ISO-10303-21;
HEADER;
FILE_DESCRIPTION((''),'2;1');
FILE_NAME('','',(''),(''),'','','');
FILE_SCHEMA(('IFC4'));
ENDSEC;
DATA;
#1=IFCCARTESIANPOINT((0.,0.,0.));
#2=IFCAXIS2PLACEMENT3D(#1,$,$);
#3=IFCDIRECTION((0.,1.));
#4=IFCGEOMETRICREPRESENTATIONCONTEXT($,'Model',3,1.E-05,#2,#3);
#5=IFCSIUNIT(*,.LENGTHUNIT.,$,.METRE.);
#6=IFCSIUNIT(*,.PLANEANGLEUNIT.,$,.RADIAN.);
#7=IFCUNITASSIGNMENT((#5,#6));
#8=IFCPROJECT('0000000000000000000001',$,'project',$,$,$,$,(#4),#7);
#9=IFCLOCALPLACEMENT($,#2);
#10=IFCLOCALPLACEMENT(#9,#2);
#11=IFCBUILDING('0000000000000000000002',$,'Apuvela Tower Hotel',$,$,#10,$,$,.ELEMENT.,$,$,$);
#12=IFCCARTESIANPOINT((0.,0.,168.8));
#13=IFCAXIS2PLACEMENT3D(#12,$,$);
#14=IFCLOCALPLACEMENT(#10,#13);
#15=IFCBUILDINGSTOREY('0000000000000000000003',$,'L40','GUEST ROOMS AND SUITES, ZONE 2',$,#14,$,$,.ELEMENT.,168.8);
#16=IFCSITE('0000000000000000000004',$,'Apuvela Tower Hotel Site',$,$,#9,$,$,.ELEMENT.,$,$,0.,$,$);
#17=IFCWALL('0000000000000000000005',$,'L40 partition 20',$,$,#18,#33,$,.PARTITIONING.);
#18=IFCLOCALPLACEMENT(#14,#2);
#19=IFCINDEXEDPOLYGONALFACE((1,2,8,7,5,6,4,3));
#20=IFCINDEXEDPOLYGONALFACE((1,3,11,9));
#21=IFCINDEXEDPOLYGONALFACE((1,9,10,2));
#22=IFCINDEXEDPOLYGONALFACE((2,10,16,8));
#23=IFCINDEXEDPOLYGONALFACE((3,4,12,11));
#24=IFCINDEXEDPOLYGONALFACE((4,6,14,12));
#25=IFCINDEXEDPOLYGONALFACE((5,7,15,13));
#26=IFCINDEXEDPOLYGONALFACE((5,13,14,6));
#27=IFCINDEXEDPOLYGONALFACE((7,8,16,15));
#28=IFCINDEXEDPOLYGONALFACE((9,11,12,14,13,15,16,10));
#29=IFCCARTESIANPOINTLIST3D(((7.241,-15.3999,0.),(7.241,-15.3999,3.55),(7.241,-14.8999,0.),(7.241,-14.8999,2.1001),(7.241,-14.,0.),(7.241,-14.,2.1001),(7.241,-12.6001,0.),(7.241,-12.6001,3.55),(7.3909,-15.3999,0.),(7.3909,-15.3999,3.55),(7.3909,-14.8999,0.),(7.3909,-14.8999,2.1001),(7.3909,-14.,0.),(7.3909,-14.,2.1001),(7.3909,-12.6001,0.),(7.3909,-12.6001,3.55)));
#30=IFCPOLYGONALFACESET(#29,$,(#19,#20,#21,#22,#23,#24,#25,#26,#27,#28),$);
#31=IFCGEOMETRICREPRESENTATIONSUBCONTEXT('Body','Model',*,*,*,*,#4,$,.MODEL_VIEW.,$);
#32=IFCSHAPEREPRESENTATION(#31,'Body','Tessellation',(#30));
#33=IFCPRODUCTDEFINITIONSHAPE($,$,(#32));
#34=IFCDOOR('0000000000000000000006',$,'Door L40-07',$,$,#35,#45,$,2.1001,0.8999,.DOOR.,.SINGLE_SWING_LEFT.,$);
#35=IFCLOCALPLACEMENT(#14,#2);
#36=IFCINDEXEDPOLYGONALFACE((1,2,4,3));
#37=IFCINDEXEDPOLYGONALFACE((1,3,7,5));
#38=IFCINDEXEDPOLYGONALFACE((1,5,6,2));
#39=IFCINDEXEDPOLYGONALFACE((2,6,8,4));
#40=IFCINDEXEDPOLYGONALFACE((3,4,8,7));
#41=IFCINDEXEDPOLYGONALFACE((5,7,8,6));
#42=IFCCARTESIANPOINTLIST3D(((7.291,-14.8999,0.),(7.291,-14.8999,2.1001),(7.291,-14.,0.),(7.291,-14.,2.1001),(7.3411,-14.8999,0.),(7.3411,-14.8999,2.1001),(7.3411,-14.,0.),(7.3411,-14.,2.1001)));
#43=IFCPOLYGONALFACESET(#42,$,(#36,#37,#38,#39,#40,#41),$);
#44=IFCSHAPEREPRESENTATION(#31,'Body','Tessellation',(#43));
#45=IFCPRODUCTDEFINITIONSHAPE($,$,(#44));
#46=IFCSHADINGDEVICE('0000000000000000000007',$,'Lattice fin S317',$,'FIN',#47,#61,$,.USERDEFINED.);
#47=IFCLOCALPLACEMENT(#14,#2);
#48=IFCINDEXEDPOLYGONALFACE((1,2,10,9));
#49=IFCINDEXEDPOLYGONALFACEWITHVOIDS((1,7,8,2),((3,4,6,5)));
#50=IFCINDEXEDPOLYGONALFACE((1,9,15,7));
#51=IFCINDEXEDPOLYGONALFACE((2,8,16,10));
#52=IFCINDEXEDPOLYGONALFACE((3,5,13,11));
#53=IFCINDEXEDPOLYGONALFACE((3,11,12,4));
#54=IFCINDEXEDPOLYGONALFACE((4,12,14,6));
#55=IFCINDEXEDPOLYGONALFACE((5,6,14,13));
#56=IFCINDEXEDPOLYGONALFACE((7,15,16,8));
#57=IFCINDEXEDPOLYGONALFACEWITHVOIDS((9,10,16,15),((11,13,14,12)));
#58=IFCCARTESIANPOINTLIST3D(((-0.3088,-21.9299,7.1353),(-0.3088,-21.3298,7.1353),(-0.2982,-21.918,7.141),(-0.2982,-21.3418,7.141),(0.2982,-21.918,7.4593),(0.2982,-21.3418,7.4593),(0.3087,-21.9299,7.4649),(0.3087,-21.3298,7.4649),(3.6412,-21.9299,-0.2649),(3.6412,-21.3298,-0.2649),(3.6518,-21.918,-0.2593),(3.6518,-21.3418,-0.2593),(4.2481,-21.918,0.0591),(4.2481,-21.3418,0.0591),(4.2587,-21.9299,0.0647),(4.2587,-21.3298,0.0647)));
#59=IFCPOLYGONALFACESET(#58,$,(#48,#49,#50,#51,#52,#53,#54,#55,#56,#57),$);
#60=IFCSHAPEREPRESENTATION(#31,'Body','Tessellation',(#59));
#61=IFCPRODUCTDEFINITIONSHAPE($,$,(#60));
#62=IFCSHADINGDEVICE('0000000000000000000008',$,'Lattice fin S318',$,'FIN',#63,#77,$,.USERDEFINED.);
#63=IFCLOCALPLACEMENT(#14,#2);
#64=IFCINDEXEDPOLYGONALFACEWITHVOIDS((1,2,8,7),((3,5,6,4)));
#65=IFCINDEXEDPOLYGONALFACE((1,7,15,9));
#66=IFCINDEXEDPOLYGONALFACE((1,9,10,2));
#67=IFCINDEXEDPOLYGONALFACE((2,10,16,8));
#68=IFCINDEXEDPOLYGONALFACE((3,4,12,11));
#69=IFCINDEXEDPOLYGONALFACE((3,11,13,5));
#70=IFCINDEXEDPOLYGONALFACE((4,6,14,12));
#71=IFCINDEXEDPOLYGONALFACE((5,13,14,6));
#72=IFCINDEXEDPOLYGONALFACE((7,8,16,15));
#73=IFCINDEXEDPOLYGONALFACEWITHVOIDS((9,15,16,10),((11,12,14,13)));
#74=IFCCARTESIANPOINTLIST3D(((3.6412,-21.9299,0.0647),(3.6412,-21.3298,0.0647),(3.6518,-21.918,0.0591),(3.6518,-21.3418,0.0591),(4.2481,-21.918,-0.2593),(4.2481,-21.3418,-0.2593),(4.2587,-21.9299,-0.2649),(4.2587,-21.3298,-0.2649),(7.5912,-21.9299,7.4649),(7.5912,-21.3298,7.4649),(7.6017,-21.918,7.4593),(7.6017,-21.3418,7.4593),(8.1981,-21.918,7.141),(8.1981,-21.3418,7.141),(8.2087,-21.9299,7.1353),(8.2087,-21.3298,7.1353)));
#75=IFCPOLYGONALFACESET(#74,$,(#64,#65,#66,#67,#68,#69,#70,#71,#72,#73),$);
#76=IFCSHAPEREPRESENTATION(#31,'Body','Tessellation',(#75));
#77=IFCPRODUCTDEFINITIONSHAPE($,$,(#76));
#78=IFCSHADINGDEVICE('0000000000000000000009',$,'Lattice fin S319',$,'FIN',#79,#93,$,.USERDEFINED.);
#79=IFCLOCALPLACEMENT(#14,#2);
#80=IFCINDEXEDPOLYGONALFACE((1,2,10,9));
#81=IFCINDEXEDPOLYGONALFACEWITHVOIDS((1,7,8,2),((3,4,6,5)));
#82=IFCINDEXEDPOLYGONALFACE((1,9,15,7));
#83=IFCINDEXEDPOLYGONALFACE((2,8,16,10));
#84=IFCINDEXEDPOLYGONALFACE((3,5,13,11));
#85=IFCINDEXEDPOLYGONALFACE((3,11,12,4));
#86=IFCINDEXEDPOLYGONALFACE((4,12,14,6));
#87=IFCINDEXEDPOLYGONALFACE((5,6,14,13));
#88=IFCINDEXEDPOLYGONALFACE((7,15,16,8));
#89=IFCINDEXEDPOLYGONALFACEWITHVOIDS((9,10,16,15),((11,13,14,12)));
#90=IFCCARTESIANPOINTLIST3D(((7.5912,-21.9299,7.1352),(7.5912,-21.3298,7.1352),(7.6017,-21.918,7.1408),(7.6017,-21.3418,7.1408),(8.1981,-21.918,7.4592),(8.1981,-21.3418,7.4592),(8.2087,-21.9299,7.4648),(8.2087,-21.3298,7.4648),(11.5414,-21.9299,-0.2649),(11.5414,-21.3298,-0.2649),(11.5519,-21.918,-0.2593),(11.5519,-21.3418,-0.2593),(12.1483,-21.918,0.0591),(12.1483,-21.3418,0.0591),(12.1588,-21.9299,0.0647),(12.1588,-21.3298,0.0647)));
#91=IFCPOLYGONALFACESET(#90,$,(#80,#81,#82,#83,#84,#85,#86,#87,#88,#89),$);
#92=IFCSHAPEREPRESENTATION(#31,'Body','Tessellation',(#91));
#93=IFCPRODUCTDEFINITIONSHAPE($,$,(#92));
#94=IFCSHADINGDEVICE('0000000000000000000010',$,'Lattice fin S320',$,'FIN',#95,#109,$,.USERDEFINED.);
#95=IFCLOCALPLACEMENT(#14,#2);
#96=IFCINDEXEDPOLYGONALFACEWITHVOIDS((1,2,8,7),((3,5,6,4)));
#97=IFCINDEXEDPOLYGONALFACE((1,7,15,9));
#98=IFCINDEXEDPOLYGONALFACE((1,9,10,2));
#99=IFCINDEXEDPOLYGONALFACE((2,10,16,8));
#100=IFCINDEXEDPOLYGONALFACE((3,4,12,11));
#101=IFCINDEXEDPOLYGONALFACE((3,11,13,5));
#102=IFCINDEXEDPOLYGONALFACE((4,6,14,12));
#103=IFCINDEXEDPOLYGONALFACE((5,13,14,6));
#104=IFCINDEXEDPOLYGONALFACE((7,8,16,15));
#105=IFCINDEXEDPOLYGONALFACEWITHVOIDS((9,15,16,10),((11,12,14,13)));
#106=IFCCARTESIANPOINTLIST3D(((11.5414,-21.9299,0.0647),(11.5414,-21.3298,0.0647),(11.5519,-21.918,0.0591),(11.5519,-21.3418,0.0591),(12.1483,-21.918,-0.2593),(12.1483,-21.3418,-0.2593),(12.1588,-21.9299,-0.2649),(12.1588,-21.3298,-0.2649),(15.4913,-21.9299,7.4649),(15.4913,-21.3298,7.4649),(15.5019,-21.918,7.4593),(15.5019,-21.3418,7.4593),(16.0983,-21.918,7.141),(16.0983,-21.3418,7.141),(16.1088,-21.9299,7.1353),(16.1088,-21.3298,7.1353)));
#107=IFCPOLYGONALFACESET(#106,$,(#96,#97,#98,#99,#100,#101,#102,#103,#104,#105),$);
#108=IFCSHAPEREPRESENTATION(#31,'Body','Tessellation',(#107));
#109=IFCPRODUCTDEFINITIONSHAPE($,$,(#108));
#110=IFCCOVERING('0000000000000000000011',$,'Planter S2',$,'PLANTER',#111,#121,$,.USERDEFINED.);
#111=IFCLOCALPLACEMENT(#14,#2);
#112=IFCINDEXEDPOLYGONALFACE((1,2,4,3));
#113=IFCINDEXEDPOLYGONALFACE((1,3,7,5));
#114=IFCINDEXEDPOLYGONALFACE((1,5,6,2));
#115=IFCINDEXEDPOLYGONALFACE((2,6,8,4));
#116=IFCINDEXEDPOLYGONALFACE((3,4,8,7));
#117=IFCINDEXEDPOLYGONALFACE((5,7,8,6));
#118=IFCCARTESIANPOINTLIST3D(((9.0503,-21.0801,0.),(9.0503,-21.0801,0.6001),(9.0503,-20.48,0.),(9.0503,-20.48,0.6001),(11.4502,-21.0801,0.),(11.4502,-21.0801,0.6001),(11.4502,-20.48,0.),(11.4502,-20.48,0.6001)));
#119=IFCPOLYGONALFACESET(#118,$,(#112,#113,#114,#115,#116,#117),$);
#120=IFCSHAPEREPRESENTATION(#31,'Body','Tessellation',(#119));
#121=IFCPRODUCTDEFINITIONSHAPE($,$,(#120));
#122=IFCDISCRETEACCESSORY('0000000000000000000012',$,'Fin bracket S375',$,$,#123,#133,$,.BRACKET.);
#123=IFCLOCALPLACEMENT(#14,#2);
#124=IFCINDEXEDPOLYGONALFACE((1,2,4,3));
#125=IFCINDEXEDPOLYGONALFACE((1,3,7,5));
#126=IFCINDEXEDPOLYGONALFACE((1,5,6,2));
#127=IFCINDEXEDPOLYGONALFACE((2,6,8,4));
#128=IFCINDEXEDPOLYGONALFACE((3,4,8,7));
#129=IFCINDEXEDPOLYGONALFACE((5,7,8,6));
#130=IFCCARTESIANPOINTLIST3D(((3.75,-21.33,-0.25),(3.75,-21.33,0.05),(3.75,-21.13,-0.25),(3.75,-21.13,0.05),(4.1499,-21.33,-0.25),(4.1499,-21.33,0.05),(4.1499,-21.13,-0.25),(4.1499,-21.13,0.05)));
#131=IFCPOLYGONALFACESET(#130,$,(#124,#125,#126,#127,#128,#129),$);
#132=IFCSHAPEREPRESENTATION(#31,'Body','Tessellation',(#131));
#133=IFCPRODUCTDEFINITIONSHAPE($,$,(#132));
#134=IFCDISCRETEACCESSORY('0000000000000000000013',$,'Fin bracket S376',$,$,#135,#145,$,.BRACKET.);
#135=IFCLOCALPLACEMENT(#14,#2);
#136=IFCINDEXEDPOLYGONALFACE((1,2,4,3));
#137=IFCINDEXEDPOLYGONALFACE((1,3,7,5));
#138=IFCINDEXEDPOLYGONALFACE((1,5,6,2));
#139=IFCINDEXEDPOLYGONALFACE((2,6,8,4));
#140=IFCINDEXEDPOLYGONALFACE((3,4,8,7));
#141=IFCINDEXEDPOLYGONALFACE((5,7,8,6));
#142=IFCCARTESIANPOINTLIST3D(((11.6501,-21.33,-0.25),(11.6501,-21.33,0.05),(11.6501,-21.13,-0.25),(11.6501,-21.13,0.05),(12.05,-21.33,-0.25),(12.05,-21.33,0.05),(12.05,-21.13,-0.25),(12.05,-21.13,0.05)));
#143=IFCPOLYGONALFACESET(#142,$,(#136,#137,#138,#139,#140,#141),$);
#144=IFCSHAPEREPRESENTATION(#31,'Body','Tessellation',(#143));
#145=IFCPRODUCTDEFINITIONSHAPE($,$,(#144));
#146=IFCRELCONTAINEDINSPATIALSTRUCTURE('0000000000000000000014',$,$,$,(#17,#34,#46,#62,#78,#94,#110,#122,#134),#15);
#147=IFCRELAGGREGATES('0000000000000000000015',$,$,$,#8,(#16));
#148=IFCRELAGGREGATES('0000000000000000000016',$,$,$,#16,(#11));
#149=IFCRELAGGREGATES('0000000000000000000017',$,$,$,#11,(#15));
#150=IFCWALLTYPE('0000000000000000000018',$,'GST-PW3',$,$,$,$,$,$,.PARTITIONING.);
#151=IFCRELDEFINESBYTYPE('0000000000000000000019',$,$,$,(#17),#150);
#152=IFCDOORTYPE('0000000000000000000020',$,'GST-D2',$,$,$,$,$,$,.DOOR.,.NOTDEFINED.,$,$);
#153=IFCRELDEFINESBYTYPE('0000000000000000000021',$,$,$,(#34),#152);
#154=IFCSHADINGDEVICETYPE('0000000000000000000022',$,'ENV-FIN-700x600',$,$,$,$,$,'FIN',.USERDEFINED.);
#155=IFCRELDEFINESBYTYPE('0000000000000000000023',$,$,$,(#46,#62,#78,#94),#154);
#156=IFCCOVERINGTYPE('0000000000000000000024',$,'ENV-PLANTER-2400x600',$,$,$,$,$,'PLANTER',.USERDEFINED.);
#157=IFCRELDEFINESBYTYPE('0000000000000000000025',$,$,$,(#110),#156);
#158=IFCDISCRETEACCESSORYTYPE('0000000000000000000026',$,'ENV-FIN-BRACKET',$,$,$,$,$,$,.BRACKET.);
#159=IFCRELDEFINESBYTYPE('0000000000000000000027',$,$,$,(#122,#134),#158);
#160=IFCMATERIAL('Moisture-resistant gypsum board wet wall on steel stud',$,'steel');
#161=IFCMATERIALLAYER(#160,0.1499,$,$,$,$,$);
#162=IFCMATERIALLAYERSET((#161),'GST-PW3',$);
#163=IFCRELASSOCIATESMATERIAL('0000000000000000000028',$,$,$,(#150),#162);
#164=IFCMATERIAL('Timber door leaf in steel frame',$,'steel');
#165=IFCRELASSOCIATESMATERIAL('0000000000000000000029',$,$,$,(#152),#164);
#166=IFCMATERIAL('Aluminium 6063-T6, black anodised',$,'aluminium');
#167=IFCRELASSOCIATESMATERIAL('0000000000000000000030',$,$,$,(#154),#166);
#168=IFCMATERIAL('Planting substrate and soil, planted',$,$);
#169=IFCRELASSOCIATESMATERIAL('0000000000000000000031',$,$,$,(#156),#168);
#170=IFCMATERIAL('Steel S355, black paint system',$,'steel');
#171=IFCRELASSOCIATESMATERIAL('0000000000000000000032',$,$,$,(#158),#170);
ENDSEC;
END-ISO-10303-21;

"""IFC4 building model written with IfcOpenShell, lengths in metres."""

from ifc_helpers import new_model, si_unit, direction, frame, frame_2d, origin, origin_2d, place, context, subcontext, project, spatial, rectangle, hollow_rectangle, extrude, material, layer, layer_set, material_profile, profile_set, type_object, element, fill, save


model = new_model("IFC4")

# Units and contexts
model_context = context("Model", 3, precision=1e-05, world=origin(), true_north=direction((0.0, 1.0)))
body_context = subcontext(model_context, "Body", "Model", "MODEL_VIEW")
ifc_project = project(units=[si_unit("LENGTHUNIT", "METRE"), si_unit("PLANEANGLEUNIT", "RADIAN")], contexts=[model_context])

# Site, building, storey
site_placement = place(None, origin())
site = spatial("IfcSite", under=ifc_project, at=site_placement, Name="Apuvela Tower Hotel Site", CompositionType="ELEMENT", RefElevation=0.0)
building_placement = place(site_placement, origin())
building = spatial("IfcBuilding", under=site, at=building_placement, Name="Apuvela Tower Hotel", CompositionType="ELEMENT")
storey_placement = place(building_placement, frame((0.0, 0.0, 168.8)))
storey = spatial("IfcBuildingStorey", under=building, at=storey_placement, Name="L40", Description="GUEST ROOMS AND SUITES, ZONE 2", CompositionType="ELEMENT", Elevation=168.8)

# Shared definitions
ifc_material_1 = material(Name="Moisture-resistant gypsum board wet wall on steel stud", Category="steel")
ifc_layer_1 = layer(ifc_material_1, 0.1499)
ifc_layer_set_1 = layer_set([ifc_layer_1], Name="GST-PW3")
wall_type_1 = type_object("IfcWallType", Name="GST-PW3", PredefinedType="PARTITIONING", material=ifc_layer_set_1)

# Wall, opening, door
wall_1_placement = place(storey_placement, frame((7.3159, -15.3999, 0.0), z_axis=(0.0, 0.0, 1.0), x_axis=(0.0, 1.0, 0.0)))
wall_1 = element("IfcWall", 1, at=wall_1_placement, inside=storey, type_object=wall_type_1, Name="L40 partition 20", PredefinedType="PARTITIONING", context=body_context, shape_type="SweptSolid", body=[
    extrude(rectangle(XDim=2.7998, YDim=0.1499, at=frame_2d((1.3999, 0.0))), origin(), (0.0, 0.0, 1.0), 3.55),
])
opening_1_placement = place(wall_1_placement, frame((0.5, 0.0, 0.0)))
opening_1 = element("IfcOpeningElement", 2, at=opening_1_placement, cuts=wall_1, PredefinedType="OPENING", context=body_context, shape_type="SweptSolid", body=[
    extrude(rectangle(XDim=0.8999, YDim=2.1001, at=frame_2d((0.45, 1.05))), frame((0.0, 0.085, 0.0), z_axis=(0.0, -1.0, 0.0), x_axis=(1.0, 0.0, 0.0)), (0.0, 0.0, 1.0), 0.1699),
])
ifc_material_2 = material(Name="Timber door leaf in steel frame", Category="steel")
door_type_1 = type_object("IfcDoorType", Name="GST-D2", OperationType="NOTDEFINED", PredefinedType="DOOR", material=ifc_material_2)
door_1_placement = place(opening_1_placement, origin())
door_1 = element("IfcDoor", 3, at=door_1_placement, inside=storey, type_object=door_type_1, Name="Door L40-07", OperationType="SINGLE_SWING_LEFT", OverallHeight=2.1001, OverallWidth=0.8999, PredefinedType="DOOR", context=body_context, shape_type="SweptSolid", body=[
    extrude(rectangle(XDim=0.8999, YDim=2.1001, at=frame_2d((0.45, 1.05))), frame((0.0, 0.0249, 0.0), z_axis=(0.0, -1.0, 0.0), x_axis=(1.0, 0.0, 0.0)), (0.0, 0.0, 1.0), 0.05),
])
fill(opening_1, door_1)

# Shading devices
ifc_material_3 = material(Name="Aluminium 6063-T6, black anodised", Category="aluminium")
ifc_material_profile_1 = material_profile(ifc_material_3, hollow_rectangle(XDim=0.6001, YDim=0.7, WallThickness=0.012, at=origin_2d()), Name="AL BOX 700x600x12")
ifc_profile_set_1 = profile_set([ifc_material_profile_1], Name="Aluminium 6063-T6, black anodised")
shading_device_type = type_object("IfcShadingDeviceType", Name="ENV-FIN-700x600", ElementType="FIN", PredefinedType="USERDEFINED", material=ifc_profile_set_1)
for number, where, z_axis, x_axis, name in (
    (4, (3.95, -21.6299, -0.1001), (-0.470886, 0.0, 0.882194), (0.0, -1.0, 0.0), "Lattice fin S317"),
    (5, (3.95, -21.6299, -0.1001), (0.470886, 0.0, 0.882194), (0.0, 1.0, 0.0), "Lattice fin S318"),
    (6, (11.8501, -21.6299, -0.1001), (-0.470908, 0.0, 0.882182), (0.0, -1.0, 0.0), "Lattice fin S319"),
    (7, (11.8501, -21.6299, -0.1001), (0.470886, 0.0, 0.882194), (0.0, 1.0, 0.0), "Lattice fin S320"),
):
    element("IfcShadingDevice", number, at=place(storey_placement, frame(where, z_axis=z_axis, x_axis=x_axis)), inside=storey, type_object=shading_device_type, Name=name, ObjectType="FIN", PredefinedType="USERDEFINED", context=body_context, shape_type="SweptSolid", body=[
        extrude(hollow_rectangle(XDim=0.6001, YDim=0.7, WallThickness=0.012, at=origin_2d()), origin(), (0.0, 0.0, 1.0), 8.3884),
    ])

# Covering
ifc_material_4 = material(Name="Planting substrate and soil, planted")
covering_type = type_object("IfcCoveringType", Name="ENV-PLANTER-2400x600", ElementType="PLANTER", PredefinedType="USERDEFINED", material=ifc_material_4)
covering_placement = place(storey_placement, frame((10.2502, -20.78, 0.0), z_axis=(0.0, 0.0, 1.0), x_axis=(1.0, 0.0, 0.0)))
element("IfcCovering", 8, at=covering_placement, inside=storey, type_object=covering_type, Name="Planter S2", ObjectType="PLANTER", PredefinedType="USERDEFINED", context=body_context, shape_type="SweptSolid", body=[
    extrude(rectangle(XDim=2.3999, YDim=0.6001, at=origin_2d()), origin(), (0.0, 0.0, 1.0), 0.6001),
])

# Discrete accessories
ifc_material_5 = material(Name="Steel S355, black paint system", Category="steel")
discrete_accessory_type = type_object("IfcDiscreteAccessoryType", Name="ENV-FIN-BRACKET", PredefinedType="BRACKET", material=ifc_material_5)
for number, where, z_axis, x_axis, name in (
    (9, (3.95, -21.23, -0.25), (0.0, 0.0, 1.0), (1.0, 0.0, 0.0), "Fin bracket S375"),
    (10, (11.8501, -21.23, -0.25), (0.0, 0.0, 1.0), (1.0, 0.0, 0.0), "Fin bracket S376"),
):
    element("IfcDiscreteAccessory", number, at=place(storey_placement, frame(where, z_axis=z_axis, x_axis=x_axis)), inside=storey, type_object=discrete_accessory_type, Name=name, PredefinedType="BRACKET", context=body_context, shape_type="SweptSolid", body=[
        extrude(rectangle(XDim=0.3999, YDim=0.2, at=origin_2d()), origin(), (0.0, 0.0, 1.0), 0.3),
    ])

save(model, "model.ifc")
